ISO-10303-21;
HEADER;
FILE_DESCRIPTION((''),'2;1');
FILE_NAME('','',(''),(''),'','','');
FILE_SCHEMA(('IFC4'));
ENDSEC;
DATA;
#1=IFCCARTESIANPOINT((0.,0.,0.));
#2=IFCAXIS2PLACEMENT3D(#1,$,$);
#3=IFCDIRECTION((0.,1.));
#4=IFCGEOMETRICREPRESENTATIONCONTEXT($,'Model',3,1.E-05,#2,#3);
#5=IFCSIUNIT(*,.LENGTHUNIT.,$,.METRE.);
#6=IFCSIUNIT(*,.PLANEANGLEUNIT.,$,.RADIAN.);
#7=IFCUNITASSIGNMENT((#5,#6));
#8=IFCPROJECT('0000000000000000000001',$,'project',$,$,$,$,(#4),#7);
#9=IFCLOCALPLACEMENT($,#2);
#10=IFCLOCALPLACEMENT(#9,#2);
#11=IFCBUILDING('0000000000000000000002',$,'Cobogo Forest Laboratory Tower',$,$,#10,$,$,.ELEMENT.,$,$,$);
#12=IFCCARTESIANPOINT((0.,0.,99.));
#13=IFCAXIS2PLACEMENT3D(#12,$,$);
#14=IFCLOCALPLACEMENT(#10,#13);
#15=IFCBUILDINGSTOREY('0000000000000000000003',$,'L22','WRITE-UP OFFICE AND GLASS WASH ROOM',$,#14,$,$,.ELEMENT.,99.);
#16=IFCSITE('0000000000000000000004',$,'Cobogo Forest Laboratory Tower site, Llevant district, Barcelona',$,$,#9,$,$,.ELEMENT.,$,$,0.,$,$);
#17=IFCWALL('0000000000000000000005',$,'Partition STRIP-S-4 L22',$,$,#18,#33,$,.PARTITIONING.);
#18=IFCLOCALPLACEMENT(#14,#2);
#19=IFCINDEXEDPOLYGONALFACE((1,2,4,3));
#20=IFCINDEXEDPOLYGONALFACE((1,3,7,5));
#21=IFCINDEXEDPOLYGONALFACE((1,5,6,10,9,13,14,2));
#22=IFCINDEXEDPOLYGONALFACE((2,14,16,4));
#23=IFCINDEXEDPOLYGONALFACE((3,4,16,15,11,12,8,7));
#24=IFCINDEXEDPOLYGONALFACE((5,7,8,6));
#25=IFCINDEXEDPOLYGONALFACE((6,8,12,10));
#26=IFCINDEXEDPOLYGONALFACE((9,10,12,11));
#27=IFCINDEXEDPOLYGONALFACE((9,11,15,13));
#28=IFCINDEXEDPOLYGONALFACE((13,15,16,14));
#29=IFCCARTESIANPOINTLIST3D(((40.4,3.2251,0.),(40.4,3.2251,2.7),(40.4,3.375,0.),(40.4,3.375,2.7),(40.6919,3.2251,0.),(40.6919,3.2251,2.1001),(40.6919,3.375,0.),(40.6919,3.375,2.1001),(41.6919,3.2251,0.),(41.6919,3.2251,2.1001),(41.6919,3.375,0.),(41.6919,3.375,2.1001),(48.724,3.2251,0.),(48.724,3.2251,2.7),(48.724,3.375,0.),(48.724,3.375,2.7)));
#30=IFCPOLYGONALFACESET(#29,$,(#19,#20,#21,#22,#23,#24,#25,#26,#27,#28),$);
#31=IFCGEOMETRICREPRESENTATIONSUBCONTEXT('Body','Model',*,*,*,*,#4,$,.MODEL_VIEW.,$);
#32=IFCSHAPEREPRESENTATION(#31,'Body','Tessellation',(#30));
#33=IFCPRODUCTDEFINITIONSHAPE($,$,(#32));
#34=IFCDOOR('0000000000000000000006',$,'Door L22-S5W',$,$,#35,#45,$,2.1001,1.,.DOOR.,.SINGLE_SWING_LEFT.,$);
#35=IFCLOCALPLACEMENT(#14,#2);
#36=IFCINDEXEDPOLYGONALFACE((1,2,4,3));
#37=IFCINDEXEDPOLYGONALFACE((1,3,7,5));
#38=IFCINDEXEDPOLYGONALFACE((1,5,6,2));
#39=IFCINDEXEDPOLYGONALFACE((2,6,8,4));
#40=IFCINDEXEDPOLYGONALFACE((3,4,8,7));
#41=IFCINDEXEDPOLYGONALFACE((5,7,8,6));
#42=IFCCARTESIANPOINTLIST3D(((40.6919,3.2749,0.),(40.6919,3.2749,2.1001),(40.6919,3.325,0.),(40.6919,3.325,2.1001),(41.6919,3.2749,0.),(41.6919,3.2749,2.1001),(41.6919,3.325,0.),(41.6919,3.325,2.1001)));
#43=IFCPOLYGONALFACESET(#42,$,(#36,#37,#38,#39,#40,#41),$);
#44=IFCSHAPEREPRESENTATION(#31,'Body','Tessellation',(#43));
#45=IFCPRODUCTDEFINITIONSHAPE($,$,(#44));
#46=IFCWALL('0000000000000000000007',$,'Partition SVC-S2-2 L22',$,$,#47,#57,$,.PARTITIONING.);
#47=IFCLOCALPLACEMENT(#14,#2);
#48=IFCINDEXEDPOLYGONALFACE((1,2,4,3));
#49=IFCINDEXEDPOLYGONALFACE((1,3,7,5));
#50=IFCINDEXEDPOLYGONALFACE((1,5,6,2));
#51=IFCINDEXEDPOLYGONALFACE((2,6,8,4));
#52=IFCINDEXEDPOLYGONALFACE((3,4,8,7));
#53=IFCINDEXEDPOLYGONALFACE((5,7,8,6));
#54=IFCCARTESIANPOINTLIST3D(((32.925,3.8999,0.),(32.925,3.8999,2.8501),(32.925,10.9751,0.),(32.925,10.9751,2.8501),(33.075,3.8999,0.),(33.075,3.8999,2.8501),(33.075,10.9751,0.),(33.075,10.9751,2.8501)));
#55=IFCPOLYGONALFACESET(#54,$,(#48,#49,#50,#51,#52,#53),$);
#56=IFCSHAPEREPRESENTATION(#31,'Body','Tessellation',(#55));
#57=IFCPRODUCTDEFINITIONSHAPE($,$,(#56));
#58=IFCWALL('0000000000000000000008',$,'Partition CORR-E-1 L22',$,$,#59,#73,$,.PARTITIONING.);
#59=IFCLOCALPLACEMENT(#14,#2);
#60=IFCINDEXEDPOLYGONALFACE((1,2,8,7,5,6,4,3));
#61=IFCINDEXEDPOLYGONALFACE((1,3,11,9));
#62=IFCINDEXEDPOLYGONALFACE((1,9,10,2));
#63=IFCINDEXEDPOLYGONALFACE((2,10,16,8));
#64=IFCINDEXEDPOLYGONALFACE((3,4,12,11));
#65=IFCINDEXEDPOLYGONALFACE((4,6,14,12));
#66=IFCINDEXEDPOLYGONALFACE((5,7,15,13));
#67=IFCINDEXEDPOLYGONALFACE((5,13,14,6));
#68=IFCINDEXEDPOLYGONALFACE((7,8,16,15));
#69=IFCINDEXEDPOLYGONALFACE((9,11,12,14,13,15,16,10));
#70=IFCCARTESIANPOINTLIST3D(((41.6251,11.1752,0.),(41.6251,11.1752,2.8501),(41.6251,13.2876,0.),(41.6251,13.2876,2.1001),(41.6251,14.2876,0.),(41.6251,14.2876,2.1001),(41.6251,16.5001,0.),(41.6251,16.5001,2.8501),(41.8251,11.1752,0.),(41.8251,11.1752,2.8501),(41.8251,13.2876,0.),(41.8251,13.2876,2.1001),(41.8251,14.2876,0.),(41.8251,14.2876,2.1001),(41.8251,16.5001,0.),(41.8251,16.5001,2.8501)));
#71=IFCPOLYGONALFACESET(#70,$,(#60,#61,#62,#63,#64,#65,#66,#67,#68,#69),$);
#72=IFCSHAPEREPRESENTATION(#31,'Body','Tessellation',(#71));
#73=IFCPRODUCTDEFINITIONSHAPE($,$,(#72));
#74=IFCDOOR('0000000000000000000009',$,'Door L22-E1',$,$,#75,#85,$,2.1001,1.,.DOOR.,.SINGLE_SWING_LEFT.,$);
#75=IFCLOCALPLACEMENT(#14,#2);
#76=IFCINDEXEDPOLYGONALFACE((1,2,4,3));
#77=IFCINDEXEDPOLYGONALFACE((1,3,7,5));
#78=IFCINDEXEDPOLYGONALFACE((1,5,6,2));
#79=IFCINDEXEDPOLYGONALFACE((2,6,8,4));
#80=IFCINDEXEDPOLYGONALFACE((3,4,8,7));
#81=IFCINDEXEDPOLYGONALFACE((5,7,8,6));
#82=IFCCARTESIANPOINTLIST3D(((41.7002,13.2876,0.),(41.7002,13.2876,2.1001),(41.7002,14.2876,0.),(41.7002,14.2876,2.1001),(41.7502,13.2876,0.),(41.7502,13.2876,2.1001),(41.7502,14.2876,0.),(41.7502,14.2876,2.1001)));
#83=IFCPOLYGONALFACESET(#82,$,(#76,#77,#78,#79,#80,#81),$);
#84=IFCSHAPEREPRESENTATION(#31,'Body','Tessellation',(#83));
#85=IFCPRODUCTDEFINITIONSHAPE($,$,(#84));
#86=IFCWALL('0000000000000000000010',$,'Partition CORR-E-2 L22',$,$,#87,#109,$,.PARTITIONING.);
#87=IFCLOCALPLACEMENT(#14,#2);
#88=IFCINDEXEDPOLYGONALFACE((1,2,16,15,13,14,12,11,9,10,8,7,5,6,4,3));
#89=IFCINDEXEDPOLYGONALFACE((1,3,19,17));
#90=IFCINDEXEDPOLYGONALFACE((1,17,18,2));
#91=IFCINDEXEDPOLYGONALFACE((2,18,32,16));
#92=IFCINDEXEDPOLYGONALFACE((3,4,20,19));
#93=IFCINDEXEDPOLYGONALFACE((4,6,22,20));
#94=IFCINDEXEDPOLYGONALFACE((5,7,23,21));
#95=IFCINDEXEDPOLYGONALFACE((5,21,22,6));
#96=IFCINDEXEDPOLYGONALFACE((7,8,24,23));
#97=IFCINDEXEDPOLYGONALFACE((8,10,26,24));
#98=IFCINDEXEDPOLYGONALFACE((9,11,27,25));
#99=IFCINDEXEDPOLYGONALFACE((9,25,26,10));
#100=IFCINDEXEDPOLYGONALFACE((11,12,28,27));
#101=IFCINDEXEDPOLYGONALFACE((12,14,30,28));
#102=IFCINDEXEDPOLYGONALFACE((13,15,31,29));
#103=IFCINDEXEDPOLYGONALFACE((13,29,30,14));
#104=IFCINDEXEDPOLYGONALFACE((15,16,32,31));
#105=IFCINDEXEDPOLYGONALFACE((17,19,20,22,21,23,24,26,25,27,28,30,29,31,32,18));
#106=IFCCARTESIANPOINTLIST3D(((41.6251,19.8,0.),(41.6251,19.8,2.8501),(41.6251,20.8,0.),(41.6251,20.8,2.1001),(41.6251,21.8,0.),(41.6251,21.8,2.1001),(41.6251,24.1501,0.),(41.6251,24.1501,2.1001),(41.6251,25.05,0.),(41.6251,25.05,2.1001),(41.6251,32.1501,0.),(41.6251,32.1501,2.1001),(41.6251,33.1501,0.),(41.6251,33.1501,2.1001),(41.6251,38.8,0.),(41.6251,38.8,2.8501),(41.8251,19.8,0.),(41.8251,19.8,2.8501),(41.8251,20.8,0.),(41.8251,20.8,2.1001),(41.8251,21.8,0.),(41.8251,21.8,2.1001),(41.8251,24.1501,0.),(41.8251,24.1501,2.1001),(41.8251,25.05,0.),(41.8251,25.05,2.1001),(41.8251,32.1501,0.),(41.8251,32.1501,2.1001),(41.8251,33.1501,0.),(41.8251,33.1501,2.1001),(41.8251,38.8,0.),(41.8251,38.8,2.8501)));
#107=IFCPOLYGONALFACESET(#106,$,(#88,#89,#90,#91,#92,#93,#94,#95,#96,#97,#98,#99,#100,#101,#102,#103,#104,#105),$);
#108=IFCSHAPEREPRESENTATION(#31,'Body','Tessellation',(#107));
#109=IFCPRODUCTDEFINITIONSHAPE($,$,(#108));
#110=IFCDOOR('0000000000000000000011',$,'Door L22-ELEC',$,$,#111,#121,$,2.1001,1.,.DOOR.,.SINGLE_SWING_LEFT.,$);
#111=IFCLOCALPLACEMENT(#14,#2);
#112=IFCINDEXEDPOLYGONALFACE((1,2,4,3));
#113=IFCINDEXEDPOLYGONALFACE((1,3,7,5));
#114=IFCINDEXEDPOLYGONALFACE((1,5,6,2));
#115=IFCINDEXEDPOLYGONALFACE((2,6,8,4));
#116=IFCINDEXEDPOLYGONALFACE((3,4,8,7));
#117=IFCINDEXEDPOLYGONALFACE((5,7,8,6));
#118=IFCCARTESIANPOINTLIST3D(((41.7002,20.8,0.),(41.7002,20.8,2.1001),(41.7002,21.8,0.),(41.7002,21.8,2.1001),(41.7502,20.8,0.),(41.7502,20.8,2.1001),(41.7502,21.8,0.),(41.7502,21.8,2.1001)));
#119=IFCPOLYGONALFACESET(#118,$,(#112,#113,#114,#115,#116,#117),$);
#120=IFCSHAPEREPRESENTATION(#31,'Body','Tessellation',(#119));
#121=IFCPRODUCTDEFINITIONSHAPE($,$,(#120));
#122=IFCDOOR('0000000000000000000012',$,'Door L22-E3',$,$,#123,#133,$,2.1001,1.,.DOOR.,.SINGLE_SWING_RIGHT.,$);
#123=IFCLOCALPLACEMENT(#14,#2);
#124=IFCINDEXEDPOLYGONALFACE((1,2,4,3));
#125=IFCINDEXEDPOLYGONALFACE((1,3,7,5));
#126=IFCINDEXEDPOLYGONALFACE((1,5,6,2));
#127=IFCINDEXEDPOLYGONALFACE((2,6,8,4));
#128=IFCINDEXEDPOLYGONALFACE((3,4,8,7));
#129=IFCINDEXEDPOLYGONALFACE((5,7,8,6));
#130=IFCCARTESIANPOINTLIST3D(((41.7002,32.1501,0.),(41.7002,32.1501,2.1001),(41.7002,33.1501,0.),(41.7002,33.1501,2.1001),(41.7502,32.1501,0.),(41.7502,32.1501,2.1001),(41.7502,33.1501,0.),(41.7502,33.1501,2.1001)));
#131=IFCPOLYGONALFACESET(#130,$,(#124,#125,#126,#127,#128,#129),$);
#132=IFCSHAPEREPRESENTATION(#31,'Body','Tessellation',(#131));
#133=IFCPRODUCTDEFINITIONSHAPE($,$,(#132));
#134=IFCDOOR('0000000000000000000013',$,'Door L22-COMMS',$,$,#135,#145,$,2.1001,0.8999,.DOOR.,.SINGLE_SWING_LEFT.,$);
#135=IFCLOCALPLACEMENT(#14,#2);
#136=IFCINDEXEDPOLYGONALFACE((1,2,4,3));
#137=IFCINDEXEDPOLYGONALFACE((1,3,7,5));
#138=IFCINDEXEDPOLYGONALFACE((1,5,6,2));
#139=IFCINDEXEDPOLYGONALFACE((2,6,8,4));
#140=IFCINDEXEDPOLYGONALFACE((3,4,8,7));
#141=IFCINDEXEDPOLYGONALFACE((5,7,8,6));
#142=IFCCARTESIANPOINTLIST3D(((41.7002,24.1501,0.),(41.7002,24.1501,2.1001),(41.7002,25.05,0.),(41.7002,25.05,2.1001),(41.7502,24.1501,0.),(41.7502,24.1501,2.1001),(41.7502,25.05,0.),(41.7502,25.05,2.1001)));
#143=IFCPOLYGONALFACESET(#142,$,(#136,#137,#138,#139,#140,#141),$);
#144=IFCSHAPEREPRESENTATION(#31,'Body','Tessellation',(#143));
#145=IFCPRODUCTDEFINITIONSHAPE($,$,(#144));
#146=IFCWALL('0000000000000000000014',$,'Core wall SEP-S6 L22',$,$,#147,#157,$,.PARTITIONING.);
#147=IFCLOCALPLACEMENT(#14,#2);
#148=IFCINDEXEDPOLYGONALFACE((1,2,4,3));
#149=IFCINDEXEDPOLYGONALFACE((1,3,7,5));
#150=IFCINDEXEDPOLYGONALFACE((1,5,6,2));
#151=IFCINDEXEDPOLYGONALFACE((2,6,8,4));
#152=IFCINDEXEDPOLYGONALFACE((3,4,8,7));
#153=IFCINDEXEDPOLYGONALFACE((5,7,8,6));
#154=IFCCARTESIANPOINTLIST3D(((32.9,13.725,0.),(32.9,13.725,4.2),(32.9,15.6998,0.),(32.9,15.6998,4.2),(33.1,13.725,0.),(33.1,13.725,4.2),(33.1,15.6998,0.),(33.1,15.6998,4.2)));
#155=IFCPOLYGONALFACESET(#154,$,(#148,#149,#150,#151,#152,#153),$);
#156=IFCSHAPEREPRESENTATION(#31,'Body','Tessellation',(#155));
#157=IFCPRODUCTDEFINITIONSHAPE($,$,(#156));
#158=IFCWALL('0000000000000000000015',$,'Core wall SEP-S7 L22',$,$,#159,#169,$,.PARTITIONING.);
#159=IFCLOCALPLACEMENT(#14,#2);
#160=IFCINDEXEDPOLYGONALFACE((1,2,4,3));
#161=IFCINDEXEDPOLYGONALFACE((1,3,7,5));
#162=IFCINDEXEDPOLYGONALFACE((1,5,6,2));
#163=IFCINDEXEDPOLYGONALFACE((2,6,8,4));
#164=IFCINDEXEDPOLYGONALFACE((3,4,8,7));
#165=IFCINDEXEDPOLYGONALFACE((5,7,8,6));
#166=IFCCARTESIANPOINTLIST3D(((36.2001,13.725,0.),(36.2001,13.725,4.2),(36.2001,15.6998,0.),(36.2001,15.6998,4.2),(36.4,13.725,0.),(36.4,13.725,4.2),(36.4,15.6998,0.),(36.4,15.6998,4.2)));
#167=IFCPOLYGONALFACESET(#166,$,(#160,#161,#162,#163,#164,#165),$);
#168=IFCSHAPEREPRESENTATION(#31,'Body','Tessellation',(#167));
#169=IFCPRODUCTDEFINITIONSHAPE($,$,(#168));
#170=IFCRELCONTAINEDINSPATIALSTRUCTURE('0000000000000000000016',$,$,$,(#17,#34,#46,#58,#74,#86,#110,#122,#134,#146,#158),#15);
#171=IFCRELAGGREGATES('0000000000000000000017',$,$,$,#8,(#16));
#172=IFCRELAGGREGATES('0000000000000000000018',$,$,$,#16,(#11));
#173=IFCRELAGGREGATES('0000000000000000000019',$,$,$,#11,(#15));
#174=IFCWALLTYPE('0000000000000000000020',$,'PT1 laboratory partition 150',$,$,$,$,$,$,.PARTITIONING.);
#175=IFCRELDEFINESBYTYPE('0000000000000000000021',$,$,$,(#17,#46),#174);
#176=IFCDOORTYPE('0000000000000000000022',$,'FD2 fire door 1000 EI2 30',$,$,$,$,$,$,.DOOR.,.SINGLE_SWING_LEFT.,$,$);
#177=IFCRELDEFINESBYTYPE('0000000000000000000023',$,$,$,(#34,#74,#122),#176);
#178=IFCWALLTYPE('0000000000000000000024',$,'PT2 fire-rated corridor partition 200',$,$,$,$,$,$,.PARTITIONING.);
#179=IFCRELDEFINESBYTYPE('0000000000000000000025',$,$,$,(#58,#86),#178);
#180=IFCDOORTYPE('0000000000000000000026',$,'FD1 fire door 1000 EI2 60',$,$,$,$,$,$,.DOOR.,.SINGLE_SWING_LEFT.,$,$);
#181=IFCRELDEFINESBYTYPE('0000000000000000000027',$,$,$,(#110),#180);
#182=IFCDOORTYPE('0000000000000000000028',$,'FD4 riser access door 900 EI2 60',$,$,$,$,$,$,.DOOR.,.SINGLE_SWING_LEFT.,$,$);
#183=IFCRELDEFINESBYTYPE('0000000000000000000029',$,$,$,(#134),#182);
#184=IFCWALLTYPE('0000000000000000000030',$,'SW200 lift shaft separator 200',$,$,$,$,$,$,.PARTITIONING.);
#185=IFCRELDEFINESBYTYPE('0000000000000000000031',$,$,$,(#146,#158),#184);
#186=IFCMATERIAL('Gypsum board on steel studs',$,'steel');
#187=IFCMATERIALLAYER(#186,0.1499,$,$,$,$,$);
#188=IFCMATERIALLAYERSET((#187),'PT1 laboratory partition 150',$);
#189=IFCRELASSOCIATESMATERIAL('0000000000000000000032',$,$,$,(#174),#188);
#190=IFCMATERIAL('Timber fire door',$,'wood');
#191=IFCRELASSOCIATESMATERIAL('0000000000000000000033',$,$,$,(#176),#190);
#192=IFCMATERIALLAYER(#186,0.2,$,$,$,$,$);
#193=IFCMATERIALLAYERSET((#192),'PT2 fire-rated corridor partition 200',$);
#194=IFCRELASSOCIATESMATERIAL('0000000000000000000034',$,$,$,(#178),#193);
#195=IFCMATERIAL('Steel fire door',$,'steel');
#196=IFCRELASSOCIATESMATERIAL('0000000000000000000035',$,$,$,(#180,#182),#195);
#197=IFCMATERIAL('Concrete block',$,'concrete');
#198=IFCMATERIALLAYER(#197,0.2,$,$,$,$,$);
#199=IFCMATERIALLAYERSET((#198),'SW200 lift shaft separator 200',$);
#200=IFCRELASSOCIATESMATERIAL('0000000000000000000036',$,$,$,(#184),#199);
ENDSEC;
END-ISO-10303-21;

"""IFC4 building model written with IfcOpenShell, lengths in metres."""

from ifc_helpers import new_model, si_unit, direction, frame, frame_2d, origin, place, context, subcontext, project, spatial, rectangle, extrude, material, layer, layer_set, type_object, element, fill, save


model = new_model("IFC4")

# Units and contexts
model_context = context("Model", 3, precision=1e-05, world=origin(), true_north=direction((0.0, 1.0)))
body_context = subcontext(model_context, "Body", "Model", "MODEL_VIEW")
ifc_project = project(units=[si_unit("LENGTHUNIT", "METRE"), si_unit("PLANEANGLEUNIT", "RADIAN")], contexts=[model_context])

# Site, building, storey
site_placement = place(None, origin())
site = spatial("IfcSite", under=ifc_project, at=site_placement, Name="Cobogo Forest Laboratory Tower site, Llevant district, Barcelona", CompositionType="ELEMENT", RefElevation=0.0)
building_placement = place(site_placement, origin())
building = spatial("IfcBuilding", under=site, at=building_placement, Name="Cobogo Forest Laboratory Tower", CompositionType="ELEMENT")
storey_placement = place(building_placement, frame((0.0, 0.0, 99.0)))
storey = spatial("IfcBuildingStorey", under=building, at=storey_placement, Name="L22", Description="WRITE-UP OFFICE AND GLASS WASH ROOM", CompositionType="ELEMENT", Elevation=99.0)

# Shared definitions
ifc_material_1 = material(Name="Steel fire door", Category="steel")

# Shared definitions
ifc_material_2 = material(Name="Gypsum board on steel studs", Category="steel")
ifc_layer_1 = layer(ifc_material_2, 0.1499)
ifc_layer_set_1 = layer_set([ifc_layer_1], Name="PT1 laboratory partition 150")
wall_type_1 = type_object("IfcWallType", Name="PT1 laboratory partition 150", PredefinedType="PARTITIONING", material=ifc_layer_set_1)

# Wall, opening, door
wall_1_placement = place(storey_placement, frame((40.3999, 3.3, 0.0), z_axis=(0.0, 0.0, 1.0), x_axis=(1.0, 0.0, 0.0)))
wall_1 = element("IfcWall", 1, at=wall_1_placement, inside=storey, type_object=wall_type_1, Name="Partition STRIP-S-4 L22", PredefinedType="PARTITIONING", context=body_context, shape_type="SweptSolid", body=[
    extrude(rectangle(XDim=8.324, YDim=0.1499, at=frame_2d((4.1621, 0.0))), origin(), (0.0, 0.0, 1.0), 2.7),
])
opening_1_placement = place(wall_1_placement, frame((0.292, 0.0, 0.0)))
opening_1 = element("IfcOpeningElement", 2, at=opening_1_placement, cuts=wall_1, PredefinedType="OPENING", context=body_context, shape_type="SweptSolid", body=[
    extrude(rectangle(XDim=1.0, YDim=2.1001, at=frame_2d((0.5, 1.05))), frame((0.0, 0.085, 0.0), z_axis=(0.0, -1.0, 0.0), x_axis=(1.0, 0.0, 0.0)), (0.0, 0.0, 1.0), 0.1699),
])
ifc_material_3 = material(Name="Timber fire door", Category="wood")
door_type_1 = type_object("IfcDoorType", Name="FD2 fire door 1000 EI2 30", OperationType="SINGLE_SWING_LEFT", PredefinedType="DOOR", material=ifc_material_3)
door_1_placement = place(opening_1_placement, origin())
door_1 = element("IfcDoor", 3, at=door_1_placement, inside=storey, type_object=door_type_1, Name="Door L22-S5W", OperationType="SINGLE_SWING_LEFT", OverallHeight=2.1001, OverallWidth=1.0, PredefinedType="DOOR", context=body_context, shape_type="SweptSolid", body=[
    extrude(rectangle(XDim=1.0, YDim=2.1001, at=frame_2d((0.5, 1.05))), frame((0.0, 0.0249, 0.0), z_axis=(0.0, -1.0, 0.0), x_axis=(1.0, 0.0, 0.0)), (0.0, 0.0, 1.0), 0.05),
])
fill(opening_1, door_1)

# Wall
wall_2_placement = place(storey_placement, frame((33.0, 3.8999, 0.0), z_axis=(0.0, 0.0, 1.0), x_axis=(0.0, 1.0, 0.0)))
element("IfcWall", 4, at=wall_2_placement, inside=storey, type_object=wall_type_1, Name="Partition SVC-S2-2 L22", PredefinedType="PARTITIONING", context=body_context, shape_type="SweptSolid", body=[
    extrude(rectangle(XDim=7.0752, YDim=0.1499, at=frame_2d((3.5376, 0.0))), origin(), (0.0, 0.0, 1.0), 2.8501),
])

# Wall, opening, door
ifc_layer_2 = layer(ifc_material_2, 0.2)
ifc_layer_set_2 = layer_set([ifc_layer_2], Name="PT2 fire-rated corridor partition 200")
wall_type_2 = type_object("IfcWallType", Name="PT2 fire-rated corridor partition 200", PredefinedType="PARTITIONING", material=ifc_layer_set_2)
wall_3_placement = place(storey_placement, frame((41.7251, 11.175, 0.0), z_axis=(0.0, 0.0, 1.0), x_axis=(0.0, 1.0, 0.0)))
wall_3 = element("IfcWall", 5, at=wall_3_placement, inside=storey, type_object=wall_type_2, Name="Partition CORR-E-1 L22", PredefinedType="PARTITIONING", context=body_context, shape_type="SweptSolid", body=[
    extrude(rectangle(XDim=5.325, YDim=0.2, at=frame_2d((2.6626, 0.0))), origin(), (0.0, 0.0, 1.0), 2.8501),
])
opening_2_placement = place(wall_3_placement, frame((2.1125, 0.0, 0.0)))
opening_2 = element("IfcOpeningElement", 6, at=opening_2_placement, cuts=wall_3, PredefinedType="OPENING", context=body_context, shape_type="SweptSolid", body=[
    extrude(rectangle(XDim=1.0, YDim=2.1001, at=frame_2d((0.5, 1.05))), frame((0.0, 0.1099, 0.0), z_axis=(0.0, -1.0, 0.0), x_axis=(1.0, 0.0, 0.0)), (0.0, 0.0, 1.0), 0.22),
])
door_2_placement = place(opening_2_placement, origin())
door_2 = element("IfcDoor", 7, at=door_2_placement, inside=storey, type_object=door_type_1, Name="Door L22-E1", OperationType="SINGLE_SWING_LEFT", OverallHeight=2.1001, OverallWidth=1.0, PredefinedType="DOOR", context=body_context, shape_type="SweptSolid", body=[
    extrude(rectangle(XDim=1.0, YDim=2.1001, at=frame_2d((0.5, 1.05))), frame((0.0, 0.0249, 0.0), z_axis=(0.0, -1.0, 0.0), x_axis=(1.0, 0.0, 0.0)), (0.0, 0.0, 1.0), 0.05),
])
fill(opening_2, door_2)

# Wall, openings, doors
wall_4_placement = place(storey_placement, frame((41.7251, 19.8, 0.0), z_axis=(0.0, 0.0, 1.0), x_axis=(0.0, 1.0, 0.0)))
wall_4 = element("IfcWall", 8, at=wall_4_placement, inside=storey, type_object=wall_type_2, Name="Partition CORR-E-2 L22", PredefinedType="PARTITIONING", context=body_context, shape_type="SweptSolid", body=[
    extrude(rectangle(XDim=19.0, YDim=0.2, at=frame_2d((9.5, 0.0))), origin(), (0.0, 0.0, 1.0), 2.8501),
])
opening_3_placement = place(wall_4_placement, frame((1.0, 0.0, 0.0)))
opening_3 = element("IfcOpeningElement", 9, at=opening_3_placement, cuts=wall_4, PredefinedType="OPENING", context=body_context, shape_type="SweptSolid", body=[
    extrude(rectangle(XDim=1.0, YDim=2.1001, at=frame_2d((0.5, 1.05))), frame((0.0, 0.1099, 0.0), z_axis=(0.0, -1.0, 0.0), x_axis=(1.0, 0.0, 0.0)), (0.0, 0.0, 1.0), 0.22),
])
opening_4_placement = place(wall_4_placement, frame((4.3501, 0.0, 0.0)))
opening_4 = element("IfcOpeningElement", 10, at=opening_4_placement, cuts=wall_4, PredefinedType="OPENING", context=body_context, shape_type="SweptSolid", body=[
    extrude(rectangle(XDim=0.8999, YDim=2.1001, at=frame_2d((0.45, 1.05))), frame((0.0, 0.1099, 0.0), z_axis=(0.0, -1.0, 0.0), x_axis=(1.0, 0.0, 0.0)), (0.0, 0.0, 1.0), 0.22),
])
opening_5_placement = place(wall_4_placement, frame((12.3501, 0.0, 0.0)))
opening_5 = element("IfcOpeningElement", 11, at=opening_5_placement, cuts=wall_4, PredefinedType="OPENING", context=body_context, shape_type="SweptSolid", body=[
    extrude(rectangle(XDim=1.0, YDim=2.1001, at=frame_2d((0.5, 1.05))), frame((0.0, 0.1099, 0.0), z_axis=(0.0, -1.0, 0.0), x_axis=(1.0, 0.0, 0.0)), (0.0, 0.0, 1.0), 0.22),
])
door_type_2 = type_object("IfcDoorType", Name="FD1 fire door 1000 EI2 60", OperationType="SINGLE_SWING_LEFT", PredefinedType="DOOR", material=ifc_material_1)
door_3_placement = place(opening_3_placement, origin())
door_3 = element("IfcDoor", 12, at=door_3_placement, inside=storey, type_object=door_type_2, Name="Door L22-ELEC", OperationType="SINGLE_SWING_LEFT", OverallHeight=2.1001, OverallWidth=1.0, PredefinedType="DOOR", context=body_context, shape_type="SweptSolid", body=[
    extrude(rectangle(XDim=1.0, YDim=2.1001, at=frame_2d((0.5, 1.05))), frame((0.0, 0.0249, 0.0), z_axis=(0.0, -1.0, 0.0), x_axis=(1.0, 0.0, 0.0)), (0.0, 0.0, 1.0), 0.05),
])
fill(opening_3, door_3)
door_4_placement = place(opening_5_placement, origin())
door_4 = element("IfcDoor", 13, at=door_4_placement, inside=storey, type_object=door_type_1, Name="Door L22-E3", OperationType="SINGLE_SWING_RIGHT", OverallHeight=2.1001, OverallWidth=1.0, PredefinedType="DOOR", context=body_context, shape_type="SweptSolid", body=[
    extrude(rectangle(XDim=1.0, YDim=2.1001, at=frame_2d((0.5, 1.05))), frame((0.0, 0.0249, 0.0), z_axis=(0.0, -1.0, 0.0), x_axis=(1.0, 0.0, 0.0)), (0.0, 0.0, 1.0), 0.05),
])
fill(opening_5, door_4)
door_type_3 = type_object("IfcDoorType", Name="FD4 riser access door 900 EI2 60", OperationType="SINGLE_SWING_LEFT", PredefinedType="DOOR", material=ifc_material_1)
door_5_placement = place(opening_4_placement, origin())
door_5 = element("IfcDoor", 14, at=door_5_placement, inside=storey, type_object=door_type_3, Name="Door L22-COMMS", OperationType="SINGLE_SWING_LEFT", OverallHeight=2.1001, OverallWidth=0.8999, PredefinedType="DOOR", context=body_context, shape_type="SweptSolid", body=[
    extrude(rectangle(XDim=0.8999, YDim=2.1001, at=frame_2d((0.45, 1.05))), frame((0.0, 0.0249, 0.0), z_axis=(0.0, -1.0, 0.0), x_axis=(1.0, 0.0, 0.0)), (0.0, 0.0, 1.0), 0.05),
])
fill(opening_4, door_5)

# Walls
ifc_material_4 = material(Name="Concrete block", Category="concrete")
ifc_layer_3 = layer(ifc_material_4, 0.2)
ifc_layer_set_3 = layer_set([ifc_layer_3], Name="SW200 lift shaft separator 200")
wall_type_3 = type_object("IfcWallType", Name="SW200 lift shaft separator 200", PredefinedType="PARTITIONING", material=ifc_layer_set_3)
for number, where, z_axis, x_axis, name in (
    (15, (33.0, 13.7251, 0.0), (0.0, 0.0, 1.0), (0.0, 1.0, 0.0), "Core wall SEP-S6 L22"),
    (16, (36.3, 13.7251, 0.0), (0.0, 0.0, 1.0), (0.0, 1.0, 0.0), "Core wall SEP-S7 L22"),
):
    element("IfcWall", number, at=place(storey_placement, frame(where, z_axis=z_axis, x_axis=x_axis)), inside=storey, type_object=wall_type_3, Name=name, PredefinedType="PARTITIONING", context=body_context, shape_type="SweptSolid", body=[
        extrude(rectangle(XDim=1.9749, YDim=0.2, at=frame_2d((0.9873, 0.0))), origin(), (0.0, 0.0, 1.0), 4.2),
    ])

save(model, "model.ifc")
